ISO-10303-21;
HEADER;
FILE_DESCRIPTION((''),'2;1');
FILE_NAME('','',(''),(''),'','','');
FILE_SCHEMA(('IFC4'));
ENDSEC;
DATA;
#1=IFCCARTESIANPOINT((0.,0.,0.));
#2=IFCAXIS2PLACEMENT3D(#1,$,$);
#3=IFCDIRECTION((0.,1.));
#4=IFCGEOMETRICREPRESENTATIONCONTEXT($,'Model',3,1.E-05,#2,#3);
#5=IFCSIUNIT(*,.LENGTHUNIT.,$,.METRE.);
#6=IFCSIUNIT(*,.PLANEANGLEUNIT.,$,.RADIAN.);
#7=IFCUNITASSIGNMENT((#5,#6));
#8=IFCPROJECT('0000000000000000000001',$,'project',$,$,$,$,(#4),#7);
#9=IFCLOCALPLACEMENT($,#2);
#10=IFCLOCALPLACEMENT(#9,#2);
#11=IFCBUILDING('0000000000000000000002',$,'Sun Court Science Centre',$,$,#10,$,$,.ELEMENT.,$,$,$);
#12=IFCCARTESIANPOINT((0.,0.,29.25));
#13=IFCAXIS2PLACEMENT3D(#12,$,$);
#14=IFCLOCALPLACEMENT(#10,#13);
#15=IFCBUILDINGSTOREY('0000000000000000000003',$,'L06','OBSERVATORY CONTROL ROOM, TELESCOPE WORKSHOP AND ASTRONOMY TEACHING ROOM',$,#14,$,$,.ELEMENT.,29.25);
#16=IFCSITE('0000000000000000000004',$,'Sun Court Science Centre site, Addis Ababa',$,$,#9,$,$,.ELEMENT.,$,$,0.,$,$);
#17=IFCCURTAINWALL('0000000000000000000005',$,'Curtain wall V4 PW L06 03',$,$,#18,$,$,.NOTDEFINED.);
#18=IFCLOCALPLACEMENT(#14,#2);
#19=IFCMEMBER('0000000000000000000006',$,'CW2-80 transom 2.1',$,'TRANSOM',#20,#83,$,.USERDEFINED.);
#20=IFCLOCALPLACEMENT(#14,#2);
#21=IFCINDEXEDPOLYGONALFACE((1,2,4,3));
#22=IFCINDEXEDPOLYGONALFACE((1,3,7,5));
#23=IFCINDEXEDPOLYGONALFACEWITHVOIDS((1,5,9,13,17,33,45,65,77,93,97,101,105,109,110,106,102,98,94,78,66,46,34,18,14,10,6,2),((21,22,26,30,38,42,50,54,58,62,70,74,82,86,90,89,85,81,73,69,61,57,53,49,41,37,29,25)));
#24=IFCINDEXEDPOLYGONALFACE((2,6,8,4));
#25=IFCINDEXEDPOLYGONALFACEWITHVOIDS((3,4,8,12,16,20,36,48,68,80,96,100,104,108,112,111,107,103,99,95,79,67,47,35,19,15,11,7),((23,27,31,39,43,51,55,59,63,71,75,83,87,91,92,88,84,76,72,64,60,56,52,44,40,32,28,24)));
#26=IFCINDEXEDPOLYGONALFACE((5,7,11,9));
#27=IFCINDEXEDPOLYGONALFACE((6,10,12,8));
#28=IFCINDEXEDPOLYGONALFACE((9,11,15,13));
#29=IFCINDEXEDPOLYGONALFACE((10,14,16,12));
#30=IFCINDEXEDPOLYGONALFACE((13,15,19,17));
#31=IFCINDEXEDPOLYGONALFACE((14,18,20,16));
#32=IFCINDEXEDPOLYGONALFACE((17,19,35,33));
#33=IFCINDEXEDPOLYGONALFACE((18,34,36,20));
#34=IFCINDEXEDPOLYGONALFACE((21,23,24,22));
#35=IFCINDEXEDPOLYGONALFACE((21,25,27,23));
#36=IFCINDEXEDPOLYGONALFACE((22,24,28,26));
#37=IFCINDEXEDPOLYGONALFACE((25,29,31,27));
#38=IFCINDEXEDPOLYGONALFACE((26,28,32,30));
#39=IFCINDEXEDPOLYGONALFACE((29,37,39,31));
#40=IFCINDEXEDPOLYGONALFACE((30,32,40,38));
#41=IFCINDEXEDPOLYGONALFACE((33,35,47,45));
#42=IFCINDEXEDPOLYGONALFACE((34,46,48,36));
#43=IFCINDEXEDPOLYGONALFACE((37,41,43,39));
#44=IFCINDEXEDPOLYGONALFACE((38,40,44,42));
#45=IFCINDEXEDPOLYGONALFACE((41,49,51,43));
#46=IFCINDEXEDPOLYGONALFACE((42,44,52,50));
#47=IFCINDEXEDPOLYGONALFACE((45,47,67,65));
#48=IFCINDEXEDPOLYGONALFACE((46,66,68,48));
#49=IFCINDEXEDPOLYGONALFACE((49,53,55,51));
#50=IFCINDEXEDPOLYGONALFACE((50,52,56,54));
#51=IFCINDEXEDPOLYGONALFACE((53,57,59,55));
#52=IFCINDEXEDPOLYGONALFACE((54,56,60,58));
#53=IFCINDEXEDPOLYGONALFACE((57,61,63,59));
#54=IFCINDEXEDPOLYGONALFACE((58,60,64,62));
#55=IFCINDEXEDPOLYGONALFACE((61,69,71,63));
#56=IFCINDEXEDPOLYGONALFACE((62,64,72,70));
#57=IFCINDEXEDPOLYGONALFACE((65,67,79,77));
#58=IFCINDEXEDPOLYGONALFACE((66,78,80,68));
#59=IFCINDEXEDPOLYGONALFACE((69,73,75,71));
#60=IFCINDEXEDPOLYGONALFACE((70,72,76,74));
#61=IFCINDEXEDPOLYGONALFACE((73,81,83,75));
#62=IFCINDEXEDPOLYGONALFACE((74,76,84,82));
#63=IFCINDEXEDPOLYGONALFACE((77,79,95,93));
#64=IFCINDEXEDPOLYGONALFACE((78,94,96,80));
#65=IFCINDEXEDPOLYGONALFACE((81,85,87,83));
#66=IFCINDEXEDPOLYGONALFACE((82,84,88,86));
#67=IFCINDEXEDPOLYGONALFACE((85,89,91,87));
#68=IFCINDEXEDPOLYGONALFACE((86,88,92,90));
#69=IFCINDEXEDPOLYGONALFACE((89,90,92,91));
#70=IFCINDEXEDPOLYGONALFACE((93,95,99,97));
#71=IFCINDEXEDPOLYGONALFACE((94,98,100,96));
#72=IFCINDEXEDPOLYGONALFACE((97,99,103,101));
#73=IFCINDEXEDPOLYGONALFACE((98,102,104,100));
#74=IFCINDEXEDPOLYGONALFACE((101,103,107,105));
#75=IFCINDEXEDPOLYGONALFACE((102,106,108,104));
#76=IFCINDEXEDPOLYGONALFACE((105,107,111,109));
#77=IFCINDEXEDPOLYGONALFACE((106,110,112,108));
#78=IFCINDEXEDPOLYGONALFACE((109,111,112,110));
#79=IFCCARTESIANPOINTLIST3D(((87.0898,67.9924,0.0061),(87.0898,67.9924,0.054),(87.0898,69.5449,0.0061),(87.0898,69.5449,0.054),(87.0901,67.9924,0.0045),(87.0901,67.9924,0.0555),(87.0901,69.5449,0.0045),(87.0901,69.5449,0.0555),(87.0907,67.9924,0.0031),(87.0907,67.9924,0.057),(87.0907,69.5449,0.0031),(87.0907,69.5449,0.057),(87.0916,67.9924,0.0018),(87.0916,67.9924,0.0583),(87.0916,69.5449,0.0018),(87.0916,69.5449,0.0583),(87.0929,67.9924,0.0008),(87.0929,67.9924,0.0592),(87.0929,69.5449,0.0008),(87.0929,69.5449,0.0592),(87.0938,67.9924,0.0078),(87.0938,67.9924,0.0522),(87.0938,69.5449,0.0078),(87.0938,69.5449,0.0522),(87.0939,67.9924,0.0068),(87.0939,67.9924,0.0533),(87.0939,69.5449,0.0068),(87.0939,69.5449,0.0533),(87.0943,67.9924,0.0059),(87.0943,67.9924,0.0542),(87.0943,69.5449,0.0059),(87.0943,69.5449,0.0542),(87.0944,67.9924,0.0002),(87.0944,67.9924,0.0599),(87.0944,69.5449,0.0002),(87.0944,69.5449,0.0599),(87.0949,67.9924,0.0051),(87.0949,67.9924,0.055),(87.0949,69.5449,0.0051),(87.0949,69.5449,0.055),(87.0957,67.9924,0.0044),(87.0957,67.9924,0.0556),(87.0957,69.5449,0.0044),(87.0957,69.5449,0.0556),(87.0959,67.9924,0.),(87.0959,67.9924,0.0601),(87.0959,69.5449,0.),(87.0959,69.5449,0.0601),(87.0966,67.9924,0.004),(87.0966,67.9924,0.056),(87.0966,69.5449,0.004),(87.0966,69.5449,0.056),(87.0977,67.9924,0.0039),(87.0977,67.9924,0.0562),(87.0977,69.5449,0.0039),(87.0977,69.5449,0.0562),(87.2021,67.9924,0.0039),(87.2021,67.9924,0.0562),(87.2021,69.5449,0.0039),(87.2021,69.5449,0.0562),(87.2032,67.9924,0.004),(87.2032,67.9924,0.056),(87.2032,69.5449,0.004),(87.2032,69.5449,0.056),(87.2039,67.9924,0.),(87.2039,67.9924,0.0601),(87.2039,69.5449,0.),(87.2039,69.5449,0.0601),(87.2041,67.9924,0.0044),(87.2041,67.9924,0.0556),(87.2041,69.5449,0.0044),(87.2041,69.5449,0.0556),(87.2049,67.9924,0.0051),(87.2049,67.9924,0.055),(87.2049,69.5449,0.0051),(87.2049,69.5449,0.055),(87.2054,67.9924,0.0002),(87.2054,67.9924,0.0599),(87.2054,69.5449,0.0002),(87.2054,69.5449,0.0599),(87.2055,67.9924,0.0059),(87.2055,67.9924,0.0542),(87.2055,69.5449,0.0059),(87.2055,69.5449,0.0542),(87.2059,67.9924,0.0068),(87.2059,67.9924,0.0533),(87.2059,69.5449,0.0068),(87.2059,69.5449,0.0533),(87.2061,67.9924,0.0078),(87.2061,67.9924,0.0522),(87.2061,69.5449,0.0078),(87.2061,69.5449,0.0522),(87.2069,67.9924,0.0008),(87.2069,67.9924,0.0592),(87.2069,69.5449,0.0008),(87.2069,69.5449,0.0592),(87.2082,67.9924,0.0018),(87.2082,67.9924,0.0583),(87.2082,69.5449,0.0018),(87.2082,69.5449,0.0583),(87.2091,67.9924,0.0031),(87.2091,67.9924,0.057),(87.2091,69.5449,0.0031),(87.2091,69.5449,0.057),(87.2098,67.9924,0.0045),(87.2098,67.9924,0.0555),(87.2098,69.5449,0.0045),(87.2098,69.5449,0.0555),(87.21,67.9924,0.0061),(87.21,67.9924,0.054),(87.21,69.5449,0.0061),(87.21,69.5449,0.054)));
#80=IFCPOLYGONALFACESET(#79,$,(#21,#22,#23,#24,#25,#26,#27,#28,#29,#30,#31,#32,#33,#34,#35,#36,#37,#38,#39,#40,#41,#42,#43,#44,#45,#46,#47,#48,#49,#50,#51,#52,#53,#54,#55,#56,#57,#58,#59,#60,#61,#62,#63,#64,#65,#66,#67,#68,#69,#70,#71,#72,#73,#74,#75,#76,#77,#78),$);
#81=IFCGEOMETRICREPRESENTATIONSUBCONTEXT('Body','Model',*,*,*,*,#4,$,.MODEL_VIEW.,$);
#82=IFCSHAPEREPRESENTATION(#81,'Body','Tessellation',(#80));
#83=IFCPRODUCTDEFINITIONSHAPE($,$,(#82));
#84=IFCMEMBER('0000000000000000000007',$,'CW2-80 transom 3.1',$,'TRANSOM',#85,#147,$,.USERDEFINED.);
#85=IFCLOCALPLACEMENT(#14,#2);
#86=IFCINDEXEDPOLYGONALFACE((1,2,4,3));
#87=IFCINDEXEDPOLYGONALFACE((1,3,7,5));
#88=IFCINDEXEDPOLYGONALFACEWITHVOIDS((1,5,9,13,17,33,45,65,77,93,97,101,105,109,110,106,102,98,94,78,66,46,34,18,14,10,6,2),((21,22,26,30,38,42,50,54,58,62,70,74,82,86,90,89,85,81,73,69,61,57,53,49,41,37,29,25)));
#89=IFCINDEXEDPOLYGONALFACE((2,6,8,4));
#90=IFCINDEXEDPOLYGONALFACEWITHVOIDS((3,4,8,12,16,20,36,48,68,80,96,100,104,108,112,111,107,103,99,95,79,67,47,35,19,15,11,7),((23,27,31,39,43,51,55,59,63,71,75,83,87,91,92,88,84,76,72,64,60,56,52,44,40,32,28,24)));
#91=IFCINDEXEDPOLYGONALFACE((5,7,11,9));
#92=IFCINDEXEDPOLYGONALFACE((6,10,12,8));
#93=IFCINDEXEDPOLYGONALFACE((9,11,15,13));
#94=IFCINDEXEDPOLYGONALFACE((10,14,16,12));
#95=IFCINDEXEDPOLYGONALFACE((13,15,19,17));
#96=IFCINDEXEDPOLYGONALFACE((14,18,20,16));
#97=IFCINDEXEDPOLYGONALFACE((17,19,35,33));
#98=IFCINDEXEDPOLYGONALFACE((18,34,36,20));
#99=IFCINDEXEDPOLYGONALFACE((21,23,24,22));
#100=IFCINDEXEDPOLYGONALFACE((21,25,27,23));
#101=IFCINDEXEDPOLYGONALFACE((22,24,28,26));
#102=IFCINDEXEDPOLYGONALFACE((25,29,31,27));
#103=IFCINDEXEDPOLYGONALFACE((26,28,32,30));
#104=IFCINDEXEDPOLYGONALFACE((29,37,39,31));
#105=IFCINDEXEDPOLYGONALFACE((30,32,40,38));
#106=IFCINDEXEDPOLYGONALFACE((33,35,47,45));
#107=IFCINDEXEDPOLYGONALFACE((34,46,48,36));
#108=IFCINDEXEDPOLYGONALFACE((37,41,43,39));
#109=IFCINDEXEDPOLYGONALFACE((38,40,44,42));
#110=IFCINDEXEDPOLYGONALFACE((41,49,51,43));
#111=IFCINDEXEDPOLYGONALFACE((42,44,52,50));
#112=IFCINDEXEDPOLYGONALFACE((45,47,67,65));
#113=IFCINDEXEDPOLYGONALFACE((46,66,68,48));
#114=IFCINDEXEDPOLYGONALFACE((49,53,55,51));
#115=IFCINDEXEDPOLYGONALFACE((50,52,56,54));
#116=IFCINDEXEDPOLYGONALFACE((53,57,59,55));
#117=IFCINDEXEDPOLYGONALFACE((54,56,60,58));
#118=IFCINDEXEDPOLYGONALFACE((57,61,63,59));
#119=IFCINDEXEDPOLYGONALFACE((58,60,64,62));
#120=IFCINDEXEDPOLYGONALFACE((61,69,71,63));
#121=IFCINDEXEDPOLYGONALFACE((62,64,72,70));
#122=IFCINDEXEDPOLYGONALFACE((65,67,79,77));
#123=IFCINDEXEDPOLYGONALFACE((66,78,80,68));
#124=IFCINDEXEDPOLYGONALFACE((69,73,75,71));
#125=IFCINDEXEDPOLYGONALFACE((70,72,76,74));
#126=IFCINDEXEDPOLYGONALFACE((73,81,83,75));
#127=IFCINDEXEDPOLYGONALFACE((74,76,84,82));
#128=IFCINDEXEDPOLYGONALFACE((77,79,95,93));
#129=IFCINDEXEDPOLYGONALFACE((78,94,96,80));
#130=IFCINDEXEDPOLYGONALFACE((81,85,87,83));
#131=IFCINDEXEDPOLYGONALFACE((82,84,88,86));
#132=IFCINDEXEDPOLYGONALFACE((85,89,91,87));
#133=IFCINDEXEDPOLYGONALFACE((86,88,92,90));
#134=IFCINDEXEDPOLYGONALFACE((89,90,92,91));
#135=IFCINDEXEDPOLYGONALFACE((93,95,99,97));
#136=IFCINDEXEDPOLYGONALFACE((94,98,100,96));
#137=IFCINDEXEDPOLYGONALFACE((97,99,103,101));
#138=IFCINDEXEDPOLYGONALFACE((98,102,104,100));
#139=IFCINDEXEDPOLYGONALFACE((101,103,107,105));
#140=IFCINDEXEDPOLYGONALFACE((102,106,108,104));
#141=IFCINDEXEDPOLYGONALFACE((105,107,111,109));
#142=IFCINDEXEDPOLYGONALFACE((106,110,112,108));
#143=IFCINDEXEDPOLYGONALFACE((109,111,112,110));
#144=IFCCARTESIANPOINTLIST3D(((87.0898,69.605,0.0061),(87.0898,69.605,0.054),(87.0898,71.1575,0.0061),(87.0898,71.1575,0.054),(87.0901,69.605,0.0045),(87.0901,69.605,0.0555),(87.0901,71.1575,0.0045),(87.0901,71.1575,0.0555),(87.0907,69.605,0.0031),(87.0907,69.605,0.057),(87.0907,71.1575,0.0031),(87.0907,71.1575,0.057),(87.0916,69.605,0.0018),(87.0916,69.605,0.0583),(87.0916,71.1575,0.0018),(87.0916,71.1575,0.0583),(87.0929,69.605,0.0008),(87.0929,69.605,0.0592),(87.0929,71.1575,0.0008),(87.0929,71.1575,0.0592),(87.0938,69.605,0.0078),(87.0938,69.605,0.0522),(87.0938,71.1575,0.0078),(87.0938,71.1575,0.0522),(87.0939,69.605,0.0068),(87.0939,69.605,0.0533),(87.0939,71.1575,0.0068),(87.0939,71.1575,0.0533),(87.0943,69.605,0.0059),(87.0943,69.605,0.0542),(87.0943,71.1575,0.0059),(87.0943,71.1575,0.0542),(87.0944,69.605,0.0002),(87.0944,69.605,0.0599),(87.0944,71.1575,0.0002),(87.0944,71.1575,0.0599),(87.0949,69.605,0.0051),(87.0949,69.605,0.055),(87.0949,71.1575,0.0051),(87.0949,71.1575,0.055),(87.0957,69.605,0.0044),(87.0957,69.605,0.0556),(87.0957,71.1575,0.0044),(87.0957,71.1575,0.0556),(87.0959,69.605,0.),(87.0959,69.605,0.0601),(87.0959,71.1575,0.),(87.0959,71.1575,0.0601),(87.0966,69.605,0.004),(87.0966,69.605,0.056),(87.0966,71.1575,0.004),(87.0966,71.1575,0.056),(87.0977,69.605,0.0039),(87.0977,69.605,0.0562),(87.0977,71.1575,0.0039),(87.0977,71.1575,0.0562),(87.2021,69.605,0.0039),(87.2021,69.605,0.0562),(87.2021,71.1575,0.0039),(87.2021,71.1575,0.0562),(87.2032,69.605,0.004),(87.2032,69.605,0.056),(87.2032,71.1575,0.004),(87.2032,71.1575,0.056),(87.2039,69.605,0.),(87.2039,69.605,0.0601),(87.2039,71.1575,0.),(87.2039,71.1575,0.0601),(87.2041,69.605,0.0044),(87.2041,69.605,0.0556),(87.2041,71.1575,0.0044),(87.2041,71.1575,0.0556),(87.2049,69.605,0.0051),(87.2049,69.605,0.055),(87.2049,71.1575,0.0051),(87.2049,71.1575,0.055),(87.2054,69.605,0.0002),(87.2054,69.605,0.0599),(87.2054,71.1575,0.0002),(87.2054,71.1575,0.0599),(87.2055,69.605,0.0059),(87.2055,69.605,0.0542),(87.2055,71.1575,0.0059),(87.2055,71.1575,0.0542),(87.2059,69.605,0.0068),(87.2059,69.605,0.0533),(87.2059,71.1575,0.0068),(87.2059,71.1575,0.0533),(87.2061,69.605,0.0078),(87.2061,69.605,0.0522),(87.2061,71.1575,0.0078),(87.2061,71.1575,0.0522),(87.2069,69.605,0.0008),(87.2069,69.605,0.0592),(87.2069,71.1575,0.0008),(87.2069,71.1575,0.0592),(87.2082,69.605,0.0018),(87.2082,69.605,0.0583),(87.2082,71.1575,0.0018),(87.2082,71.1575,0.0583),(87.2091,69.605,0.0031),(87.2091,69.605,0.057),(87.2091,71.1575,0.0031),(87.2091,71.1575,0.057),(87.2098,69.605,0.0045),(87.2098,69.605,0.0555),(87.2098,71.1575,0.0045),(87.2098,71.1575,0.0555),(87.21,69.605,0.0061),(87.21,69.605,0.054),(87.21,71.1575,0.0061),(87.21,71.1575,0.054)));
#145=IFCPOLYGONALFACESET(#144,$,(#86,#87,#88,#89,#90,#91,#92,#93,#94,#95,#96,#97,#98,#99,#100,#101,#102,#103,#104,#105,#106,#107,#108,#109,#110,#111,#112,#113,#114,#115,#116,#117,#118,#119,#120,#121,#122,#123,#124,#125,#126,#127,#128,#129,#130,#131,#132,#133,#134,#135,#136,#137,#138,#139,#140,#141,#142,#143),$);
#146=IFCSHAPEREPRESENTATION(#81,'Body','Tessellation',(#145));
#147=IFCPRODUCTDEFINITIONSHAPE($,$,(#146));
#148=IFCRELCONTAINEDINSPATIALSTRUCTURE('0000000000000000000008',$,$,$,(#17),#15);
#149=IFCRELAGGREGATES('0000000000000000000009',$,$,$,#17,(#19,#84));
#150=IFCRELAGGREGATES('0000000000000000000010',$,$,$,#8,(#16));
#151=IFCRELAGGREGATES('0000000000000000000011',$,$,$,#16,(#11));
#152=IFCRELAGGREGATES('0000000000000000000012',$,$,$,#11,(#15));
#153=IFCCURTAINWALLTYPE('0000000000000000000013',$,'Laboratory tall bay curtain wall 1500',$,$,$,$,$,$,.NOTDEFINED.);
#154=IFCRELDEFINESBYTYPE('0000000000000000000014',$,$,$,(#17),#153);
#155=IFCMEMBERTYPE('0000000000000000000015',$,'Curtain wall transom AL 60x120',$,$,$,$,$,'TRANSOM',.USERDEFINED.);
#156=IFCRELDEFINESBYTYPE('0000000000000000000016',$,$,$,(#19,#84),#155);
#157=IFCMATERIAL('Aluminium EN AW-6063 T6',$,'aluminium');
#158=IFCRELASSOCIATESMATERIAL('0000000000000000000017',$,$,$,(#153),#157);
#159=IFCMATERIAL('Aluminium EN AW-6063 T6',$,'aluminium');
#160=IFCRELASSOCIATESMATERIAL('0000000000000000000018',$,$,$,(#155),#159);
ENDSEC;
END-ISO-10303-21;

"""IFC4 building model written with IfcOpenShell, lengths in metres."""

from ifc_helpers import new_model, si_unit, direction, frame, origin, origin_2d, place, context, subcontext, project, spatial, hollow_rectangle, extrude, material, material_profile, profile_set, type_object, element, aggregate, save


model = new_model("IFC4")

# Units and contexts
model_context = context("Model", 3, precision=1e-05, world=origin(), true_north=direction((0.0, 1.0)))
body_context = subcontext(model_context, "Body", "Model", "MODEL_VIEW")
ifc_project = project(units=[si_unit("LENGTHUNIT", "METRE"), si_unit("PLANEANGLEUNIT", "RADIAN")], contexts=[model_context])

# Site, building, storey
site_placement = place(None, origin())
site = spatial("IfcSite", under=ifc_project, at=site_placement, Name="Sun Court Science Centre site, Addis Ababa", CompositionType="ELEMENT", RefElevation=0.0)
building_placement = place(site_placement, origin())
building = spatial("IfcBuilding", under=site, at=building_placement, Name="Sun Court Science Centre", CompositionType="ELEMENT")
storey_placement = place(building_placement, frame((0.0, 0.0, 29.25)))
storey = spatial("IfcBuildingStorey", under=building, at=storey_placement, Name="L06", Description="OBSERVATORY CONTROL ROOM, TELESCOPE WORKSHOP AND ASTRONOMY TEACHING ROOM", CompositionType="ELEMENT", Elevation=29.25)

# Curtain wall, members
ifc_material_1 = material(Name="Aluminium EN AW-6063 T6", Category="aluminium")
curtain_wall_type = type_object("IfcCurtainWallType", Name="Laboratory tall bay curtain wall 1500", PredefinedType="NOTDEFINED", material=ifc_material_1)
curtain_wall_placement = place(storey_placement, origin())
curtain_wall = element("IfcCurtainWall", 1, at=curtain_wall_placement, inside=storey, type_object=curtain_wall_type, Name="Curtain wall V4 PW L06 03", PredefinedType="NOTDEFINED")
ifc_material_2 = material(Name="Aluminium EN AW-6063 T6", Category="aluminium")
ifc_material_profile_1 = material_profile(ifc_material_2, hollow_rectangle(XDim=0.0601, YDim=0.1201, WallThickness=0.0039, InnerFilletRadius=0.0039, OuterFilletRadius=0.0061, at=origin_2d()), Name="AL 60x120x4")
ifc_profile_set_1 = profile_set([ifc_material_profile_1], Name="Aluminium EN AW-6063 T6")
member_type_1 = type_object("IfcMemberType", Name="Curtain wall transom AL 60x120", ElementType="TRANSOM", PredefinedType="USERDEFINED", material=ifc_profile_set_1)
member_1_placement = place(storey_placement, frame((87.1499, 67.9924, 0.03), z_axis=(0.0, 1.0, 0.0), x_axis=(0.0, 0.0, 1.0)))
member_1 = element("IfcMember", 2, at=member_1_placement, type_object=member_type_1, Name="CW2-80 transom 2.1", ObjectType="TRANSOM", PredefinedType="USERDEFINED", context=body_context, shape_type="SweptSolid", body=[
    extrude(hollow_rectangle(XDim=0.0601, YDim=0.1201, WallThickness=0.0039, InnerFilletRadius=0.0039, OuterFilletRadius=0.0061, at=origin_2d()), origin(), (0.0, 0.0, 1.0), 1.5525),
])
member_2_placement = place(storey_placement, frame((87.1499, 69.605, 0.03), z_axis=(0.0, 1.0, 0.0), x_axis=(0.0, 0.0, 1.0)))
member_2 = element("IfcMember", 3, at=member_2_placement, type_object=member_type_1, Name="CW2-80 transom 3.1", ObjectType="TRANSOM", PredefinedType="USERDEFINED", context=body_context, shape_type="SweptSolid", body=[
    extrude(hollow_rectangle(XDim=0.0601, YDim=0.1201, WallThickness=0.0039, InnerFilletRadius=0.0039, OuterFilletRadius=0.0061, at=origin_2d()), origin(), (0.0, 0.0, 1.0), 1.5525),
])

aggregate(curtain_wall, [member_1, member_2])

save(model, "model.ifc")
